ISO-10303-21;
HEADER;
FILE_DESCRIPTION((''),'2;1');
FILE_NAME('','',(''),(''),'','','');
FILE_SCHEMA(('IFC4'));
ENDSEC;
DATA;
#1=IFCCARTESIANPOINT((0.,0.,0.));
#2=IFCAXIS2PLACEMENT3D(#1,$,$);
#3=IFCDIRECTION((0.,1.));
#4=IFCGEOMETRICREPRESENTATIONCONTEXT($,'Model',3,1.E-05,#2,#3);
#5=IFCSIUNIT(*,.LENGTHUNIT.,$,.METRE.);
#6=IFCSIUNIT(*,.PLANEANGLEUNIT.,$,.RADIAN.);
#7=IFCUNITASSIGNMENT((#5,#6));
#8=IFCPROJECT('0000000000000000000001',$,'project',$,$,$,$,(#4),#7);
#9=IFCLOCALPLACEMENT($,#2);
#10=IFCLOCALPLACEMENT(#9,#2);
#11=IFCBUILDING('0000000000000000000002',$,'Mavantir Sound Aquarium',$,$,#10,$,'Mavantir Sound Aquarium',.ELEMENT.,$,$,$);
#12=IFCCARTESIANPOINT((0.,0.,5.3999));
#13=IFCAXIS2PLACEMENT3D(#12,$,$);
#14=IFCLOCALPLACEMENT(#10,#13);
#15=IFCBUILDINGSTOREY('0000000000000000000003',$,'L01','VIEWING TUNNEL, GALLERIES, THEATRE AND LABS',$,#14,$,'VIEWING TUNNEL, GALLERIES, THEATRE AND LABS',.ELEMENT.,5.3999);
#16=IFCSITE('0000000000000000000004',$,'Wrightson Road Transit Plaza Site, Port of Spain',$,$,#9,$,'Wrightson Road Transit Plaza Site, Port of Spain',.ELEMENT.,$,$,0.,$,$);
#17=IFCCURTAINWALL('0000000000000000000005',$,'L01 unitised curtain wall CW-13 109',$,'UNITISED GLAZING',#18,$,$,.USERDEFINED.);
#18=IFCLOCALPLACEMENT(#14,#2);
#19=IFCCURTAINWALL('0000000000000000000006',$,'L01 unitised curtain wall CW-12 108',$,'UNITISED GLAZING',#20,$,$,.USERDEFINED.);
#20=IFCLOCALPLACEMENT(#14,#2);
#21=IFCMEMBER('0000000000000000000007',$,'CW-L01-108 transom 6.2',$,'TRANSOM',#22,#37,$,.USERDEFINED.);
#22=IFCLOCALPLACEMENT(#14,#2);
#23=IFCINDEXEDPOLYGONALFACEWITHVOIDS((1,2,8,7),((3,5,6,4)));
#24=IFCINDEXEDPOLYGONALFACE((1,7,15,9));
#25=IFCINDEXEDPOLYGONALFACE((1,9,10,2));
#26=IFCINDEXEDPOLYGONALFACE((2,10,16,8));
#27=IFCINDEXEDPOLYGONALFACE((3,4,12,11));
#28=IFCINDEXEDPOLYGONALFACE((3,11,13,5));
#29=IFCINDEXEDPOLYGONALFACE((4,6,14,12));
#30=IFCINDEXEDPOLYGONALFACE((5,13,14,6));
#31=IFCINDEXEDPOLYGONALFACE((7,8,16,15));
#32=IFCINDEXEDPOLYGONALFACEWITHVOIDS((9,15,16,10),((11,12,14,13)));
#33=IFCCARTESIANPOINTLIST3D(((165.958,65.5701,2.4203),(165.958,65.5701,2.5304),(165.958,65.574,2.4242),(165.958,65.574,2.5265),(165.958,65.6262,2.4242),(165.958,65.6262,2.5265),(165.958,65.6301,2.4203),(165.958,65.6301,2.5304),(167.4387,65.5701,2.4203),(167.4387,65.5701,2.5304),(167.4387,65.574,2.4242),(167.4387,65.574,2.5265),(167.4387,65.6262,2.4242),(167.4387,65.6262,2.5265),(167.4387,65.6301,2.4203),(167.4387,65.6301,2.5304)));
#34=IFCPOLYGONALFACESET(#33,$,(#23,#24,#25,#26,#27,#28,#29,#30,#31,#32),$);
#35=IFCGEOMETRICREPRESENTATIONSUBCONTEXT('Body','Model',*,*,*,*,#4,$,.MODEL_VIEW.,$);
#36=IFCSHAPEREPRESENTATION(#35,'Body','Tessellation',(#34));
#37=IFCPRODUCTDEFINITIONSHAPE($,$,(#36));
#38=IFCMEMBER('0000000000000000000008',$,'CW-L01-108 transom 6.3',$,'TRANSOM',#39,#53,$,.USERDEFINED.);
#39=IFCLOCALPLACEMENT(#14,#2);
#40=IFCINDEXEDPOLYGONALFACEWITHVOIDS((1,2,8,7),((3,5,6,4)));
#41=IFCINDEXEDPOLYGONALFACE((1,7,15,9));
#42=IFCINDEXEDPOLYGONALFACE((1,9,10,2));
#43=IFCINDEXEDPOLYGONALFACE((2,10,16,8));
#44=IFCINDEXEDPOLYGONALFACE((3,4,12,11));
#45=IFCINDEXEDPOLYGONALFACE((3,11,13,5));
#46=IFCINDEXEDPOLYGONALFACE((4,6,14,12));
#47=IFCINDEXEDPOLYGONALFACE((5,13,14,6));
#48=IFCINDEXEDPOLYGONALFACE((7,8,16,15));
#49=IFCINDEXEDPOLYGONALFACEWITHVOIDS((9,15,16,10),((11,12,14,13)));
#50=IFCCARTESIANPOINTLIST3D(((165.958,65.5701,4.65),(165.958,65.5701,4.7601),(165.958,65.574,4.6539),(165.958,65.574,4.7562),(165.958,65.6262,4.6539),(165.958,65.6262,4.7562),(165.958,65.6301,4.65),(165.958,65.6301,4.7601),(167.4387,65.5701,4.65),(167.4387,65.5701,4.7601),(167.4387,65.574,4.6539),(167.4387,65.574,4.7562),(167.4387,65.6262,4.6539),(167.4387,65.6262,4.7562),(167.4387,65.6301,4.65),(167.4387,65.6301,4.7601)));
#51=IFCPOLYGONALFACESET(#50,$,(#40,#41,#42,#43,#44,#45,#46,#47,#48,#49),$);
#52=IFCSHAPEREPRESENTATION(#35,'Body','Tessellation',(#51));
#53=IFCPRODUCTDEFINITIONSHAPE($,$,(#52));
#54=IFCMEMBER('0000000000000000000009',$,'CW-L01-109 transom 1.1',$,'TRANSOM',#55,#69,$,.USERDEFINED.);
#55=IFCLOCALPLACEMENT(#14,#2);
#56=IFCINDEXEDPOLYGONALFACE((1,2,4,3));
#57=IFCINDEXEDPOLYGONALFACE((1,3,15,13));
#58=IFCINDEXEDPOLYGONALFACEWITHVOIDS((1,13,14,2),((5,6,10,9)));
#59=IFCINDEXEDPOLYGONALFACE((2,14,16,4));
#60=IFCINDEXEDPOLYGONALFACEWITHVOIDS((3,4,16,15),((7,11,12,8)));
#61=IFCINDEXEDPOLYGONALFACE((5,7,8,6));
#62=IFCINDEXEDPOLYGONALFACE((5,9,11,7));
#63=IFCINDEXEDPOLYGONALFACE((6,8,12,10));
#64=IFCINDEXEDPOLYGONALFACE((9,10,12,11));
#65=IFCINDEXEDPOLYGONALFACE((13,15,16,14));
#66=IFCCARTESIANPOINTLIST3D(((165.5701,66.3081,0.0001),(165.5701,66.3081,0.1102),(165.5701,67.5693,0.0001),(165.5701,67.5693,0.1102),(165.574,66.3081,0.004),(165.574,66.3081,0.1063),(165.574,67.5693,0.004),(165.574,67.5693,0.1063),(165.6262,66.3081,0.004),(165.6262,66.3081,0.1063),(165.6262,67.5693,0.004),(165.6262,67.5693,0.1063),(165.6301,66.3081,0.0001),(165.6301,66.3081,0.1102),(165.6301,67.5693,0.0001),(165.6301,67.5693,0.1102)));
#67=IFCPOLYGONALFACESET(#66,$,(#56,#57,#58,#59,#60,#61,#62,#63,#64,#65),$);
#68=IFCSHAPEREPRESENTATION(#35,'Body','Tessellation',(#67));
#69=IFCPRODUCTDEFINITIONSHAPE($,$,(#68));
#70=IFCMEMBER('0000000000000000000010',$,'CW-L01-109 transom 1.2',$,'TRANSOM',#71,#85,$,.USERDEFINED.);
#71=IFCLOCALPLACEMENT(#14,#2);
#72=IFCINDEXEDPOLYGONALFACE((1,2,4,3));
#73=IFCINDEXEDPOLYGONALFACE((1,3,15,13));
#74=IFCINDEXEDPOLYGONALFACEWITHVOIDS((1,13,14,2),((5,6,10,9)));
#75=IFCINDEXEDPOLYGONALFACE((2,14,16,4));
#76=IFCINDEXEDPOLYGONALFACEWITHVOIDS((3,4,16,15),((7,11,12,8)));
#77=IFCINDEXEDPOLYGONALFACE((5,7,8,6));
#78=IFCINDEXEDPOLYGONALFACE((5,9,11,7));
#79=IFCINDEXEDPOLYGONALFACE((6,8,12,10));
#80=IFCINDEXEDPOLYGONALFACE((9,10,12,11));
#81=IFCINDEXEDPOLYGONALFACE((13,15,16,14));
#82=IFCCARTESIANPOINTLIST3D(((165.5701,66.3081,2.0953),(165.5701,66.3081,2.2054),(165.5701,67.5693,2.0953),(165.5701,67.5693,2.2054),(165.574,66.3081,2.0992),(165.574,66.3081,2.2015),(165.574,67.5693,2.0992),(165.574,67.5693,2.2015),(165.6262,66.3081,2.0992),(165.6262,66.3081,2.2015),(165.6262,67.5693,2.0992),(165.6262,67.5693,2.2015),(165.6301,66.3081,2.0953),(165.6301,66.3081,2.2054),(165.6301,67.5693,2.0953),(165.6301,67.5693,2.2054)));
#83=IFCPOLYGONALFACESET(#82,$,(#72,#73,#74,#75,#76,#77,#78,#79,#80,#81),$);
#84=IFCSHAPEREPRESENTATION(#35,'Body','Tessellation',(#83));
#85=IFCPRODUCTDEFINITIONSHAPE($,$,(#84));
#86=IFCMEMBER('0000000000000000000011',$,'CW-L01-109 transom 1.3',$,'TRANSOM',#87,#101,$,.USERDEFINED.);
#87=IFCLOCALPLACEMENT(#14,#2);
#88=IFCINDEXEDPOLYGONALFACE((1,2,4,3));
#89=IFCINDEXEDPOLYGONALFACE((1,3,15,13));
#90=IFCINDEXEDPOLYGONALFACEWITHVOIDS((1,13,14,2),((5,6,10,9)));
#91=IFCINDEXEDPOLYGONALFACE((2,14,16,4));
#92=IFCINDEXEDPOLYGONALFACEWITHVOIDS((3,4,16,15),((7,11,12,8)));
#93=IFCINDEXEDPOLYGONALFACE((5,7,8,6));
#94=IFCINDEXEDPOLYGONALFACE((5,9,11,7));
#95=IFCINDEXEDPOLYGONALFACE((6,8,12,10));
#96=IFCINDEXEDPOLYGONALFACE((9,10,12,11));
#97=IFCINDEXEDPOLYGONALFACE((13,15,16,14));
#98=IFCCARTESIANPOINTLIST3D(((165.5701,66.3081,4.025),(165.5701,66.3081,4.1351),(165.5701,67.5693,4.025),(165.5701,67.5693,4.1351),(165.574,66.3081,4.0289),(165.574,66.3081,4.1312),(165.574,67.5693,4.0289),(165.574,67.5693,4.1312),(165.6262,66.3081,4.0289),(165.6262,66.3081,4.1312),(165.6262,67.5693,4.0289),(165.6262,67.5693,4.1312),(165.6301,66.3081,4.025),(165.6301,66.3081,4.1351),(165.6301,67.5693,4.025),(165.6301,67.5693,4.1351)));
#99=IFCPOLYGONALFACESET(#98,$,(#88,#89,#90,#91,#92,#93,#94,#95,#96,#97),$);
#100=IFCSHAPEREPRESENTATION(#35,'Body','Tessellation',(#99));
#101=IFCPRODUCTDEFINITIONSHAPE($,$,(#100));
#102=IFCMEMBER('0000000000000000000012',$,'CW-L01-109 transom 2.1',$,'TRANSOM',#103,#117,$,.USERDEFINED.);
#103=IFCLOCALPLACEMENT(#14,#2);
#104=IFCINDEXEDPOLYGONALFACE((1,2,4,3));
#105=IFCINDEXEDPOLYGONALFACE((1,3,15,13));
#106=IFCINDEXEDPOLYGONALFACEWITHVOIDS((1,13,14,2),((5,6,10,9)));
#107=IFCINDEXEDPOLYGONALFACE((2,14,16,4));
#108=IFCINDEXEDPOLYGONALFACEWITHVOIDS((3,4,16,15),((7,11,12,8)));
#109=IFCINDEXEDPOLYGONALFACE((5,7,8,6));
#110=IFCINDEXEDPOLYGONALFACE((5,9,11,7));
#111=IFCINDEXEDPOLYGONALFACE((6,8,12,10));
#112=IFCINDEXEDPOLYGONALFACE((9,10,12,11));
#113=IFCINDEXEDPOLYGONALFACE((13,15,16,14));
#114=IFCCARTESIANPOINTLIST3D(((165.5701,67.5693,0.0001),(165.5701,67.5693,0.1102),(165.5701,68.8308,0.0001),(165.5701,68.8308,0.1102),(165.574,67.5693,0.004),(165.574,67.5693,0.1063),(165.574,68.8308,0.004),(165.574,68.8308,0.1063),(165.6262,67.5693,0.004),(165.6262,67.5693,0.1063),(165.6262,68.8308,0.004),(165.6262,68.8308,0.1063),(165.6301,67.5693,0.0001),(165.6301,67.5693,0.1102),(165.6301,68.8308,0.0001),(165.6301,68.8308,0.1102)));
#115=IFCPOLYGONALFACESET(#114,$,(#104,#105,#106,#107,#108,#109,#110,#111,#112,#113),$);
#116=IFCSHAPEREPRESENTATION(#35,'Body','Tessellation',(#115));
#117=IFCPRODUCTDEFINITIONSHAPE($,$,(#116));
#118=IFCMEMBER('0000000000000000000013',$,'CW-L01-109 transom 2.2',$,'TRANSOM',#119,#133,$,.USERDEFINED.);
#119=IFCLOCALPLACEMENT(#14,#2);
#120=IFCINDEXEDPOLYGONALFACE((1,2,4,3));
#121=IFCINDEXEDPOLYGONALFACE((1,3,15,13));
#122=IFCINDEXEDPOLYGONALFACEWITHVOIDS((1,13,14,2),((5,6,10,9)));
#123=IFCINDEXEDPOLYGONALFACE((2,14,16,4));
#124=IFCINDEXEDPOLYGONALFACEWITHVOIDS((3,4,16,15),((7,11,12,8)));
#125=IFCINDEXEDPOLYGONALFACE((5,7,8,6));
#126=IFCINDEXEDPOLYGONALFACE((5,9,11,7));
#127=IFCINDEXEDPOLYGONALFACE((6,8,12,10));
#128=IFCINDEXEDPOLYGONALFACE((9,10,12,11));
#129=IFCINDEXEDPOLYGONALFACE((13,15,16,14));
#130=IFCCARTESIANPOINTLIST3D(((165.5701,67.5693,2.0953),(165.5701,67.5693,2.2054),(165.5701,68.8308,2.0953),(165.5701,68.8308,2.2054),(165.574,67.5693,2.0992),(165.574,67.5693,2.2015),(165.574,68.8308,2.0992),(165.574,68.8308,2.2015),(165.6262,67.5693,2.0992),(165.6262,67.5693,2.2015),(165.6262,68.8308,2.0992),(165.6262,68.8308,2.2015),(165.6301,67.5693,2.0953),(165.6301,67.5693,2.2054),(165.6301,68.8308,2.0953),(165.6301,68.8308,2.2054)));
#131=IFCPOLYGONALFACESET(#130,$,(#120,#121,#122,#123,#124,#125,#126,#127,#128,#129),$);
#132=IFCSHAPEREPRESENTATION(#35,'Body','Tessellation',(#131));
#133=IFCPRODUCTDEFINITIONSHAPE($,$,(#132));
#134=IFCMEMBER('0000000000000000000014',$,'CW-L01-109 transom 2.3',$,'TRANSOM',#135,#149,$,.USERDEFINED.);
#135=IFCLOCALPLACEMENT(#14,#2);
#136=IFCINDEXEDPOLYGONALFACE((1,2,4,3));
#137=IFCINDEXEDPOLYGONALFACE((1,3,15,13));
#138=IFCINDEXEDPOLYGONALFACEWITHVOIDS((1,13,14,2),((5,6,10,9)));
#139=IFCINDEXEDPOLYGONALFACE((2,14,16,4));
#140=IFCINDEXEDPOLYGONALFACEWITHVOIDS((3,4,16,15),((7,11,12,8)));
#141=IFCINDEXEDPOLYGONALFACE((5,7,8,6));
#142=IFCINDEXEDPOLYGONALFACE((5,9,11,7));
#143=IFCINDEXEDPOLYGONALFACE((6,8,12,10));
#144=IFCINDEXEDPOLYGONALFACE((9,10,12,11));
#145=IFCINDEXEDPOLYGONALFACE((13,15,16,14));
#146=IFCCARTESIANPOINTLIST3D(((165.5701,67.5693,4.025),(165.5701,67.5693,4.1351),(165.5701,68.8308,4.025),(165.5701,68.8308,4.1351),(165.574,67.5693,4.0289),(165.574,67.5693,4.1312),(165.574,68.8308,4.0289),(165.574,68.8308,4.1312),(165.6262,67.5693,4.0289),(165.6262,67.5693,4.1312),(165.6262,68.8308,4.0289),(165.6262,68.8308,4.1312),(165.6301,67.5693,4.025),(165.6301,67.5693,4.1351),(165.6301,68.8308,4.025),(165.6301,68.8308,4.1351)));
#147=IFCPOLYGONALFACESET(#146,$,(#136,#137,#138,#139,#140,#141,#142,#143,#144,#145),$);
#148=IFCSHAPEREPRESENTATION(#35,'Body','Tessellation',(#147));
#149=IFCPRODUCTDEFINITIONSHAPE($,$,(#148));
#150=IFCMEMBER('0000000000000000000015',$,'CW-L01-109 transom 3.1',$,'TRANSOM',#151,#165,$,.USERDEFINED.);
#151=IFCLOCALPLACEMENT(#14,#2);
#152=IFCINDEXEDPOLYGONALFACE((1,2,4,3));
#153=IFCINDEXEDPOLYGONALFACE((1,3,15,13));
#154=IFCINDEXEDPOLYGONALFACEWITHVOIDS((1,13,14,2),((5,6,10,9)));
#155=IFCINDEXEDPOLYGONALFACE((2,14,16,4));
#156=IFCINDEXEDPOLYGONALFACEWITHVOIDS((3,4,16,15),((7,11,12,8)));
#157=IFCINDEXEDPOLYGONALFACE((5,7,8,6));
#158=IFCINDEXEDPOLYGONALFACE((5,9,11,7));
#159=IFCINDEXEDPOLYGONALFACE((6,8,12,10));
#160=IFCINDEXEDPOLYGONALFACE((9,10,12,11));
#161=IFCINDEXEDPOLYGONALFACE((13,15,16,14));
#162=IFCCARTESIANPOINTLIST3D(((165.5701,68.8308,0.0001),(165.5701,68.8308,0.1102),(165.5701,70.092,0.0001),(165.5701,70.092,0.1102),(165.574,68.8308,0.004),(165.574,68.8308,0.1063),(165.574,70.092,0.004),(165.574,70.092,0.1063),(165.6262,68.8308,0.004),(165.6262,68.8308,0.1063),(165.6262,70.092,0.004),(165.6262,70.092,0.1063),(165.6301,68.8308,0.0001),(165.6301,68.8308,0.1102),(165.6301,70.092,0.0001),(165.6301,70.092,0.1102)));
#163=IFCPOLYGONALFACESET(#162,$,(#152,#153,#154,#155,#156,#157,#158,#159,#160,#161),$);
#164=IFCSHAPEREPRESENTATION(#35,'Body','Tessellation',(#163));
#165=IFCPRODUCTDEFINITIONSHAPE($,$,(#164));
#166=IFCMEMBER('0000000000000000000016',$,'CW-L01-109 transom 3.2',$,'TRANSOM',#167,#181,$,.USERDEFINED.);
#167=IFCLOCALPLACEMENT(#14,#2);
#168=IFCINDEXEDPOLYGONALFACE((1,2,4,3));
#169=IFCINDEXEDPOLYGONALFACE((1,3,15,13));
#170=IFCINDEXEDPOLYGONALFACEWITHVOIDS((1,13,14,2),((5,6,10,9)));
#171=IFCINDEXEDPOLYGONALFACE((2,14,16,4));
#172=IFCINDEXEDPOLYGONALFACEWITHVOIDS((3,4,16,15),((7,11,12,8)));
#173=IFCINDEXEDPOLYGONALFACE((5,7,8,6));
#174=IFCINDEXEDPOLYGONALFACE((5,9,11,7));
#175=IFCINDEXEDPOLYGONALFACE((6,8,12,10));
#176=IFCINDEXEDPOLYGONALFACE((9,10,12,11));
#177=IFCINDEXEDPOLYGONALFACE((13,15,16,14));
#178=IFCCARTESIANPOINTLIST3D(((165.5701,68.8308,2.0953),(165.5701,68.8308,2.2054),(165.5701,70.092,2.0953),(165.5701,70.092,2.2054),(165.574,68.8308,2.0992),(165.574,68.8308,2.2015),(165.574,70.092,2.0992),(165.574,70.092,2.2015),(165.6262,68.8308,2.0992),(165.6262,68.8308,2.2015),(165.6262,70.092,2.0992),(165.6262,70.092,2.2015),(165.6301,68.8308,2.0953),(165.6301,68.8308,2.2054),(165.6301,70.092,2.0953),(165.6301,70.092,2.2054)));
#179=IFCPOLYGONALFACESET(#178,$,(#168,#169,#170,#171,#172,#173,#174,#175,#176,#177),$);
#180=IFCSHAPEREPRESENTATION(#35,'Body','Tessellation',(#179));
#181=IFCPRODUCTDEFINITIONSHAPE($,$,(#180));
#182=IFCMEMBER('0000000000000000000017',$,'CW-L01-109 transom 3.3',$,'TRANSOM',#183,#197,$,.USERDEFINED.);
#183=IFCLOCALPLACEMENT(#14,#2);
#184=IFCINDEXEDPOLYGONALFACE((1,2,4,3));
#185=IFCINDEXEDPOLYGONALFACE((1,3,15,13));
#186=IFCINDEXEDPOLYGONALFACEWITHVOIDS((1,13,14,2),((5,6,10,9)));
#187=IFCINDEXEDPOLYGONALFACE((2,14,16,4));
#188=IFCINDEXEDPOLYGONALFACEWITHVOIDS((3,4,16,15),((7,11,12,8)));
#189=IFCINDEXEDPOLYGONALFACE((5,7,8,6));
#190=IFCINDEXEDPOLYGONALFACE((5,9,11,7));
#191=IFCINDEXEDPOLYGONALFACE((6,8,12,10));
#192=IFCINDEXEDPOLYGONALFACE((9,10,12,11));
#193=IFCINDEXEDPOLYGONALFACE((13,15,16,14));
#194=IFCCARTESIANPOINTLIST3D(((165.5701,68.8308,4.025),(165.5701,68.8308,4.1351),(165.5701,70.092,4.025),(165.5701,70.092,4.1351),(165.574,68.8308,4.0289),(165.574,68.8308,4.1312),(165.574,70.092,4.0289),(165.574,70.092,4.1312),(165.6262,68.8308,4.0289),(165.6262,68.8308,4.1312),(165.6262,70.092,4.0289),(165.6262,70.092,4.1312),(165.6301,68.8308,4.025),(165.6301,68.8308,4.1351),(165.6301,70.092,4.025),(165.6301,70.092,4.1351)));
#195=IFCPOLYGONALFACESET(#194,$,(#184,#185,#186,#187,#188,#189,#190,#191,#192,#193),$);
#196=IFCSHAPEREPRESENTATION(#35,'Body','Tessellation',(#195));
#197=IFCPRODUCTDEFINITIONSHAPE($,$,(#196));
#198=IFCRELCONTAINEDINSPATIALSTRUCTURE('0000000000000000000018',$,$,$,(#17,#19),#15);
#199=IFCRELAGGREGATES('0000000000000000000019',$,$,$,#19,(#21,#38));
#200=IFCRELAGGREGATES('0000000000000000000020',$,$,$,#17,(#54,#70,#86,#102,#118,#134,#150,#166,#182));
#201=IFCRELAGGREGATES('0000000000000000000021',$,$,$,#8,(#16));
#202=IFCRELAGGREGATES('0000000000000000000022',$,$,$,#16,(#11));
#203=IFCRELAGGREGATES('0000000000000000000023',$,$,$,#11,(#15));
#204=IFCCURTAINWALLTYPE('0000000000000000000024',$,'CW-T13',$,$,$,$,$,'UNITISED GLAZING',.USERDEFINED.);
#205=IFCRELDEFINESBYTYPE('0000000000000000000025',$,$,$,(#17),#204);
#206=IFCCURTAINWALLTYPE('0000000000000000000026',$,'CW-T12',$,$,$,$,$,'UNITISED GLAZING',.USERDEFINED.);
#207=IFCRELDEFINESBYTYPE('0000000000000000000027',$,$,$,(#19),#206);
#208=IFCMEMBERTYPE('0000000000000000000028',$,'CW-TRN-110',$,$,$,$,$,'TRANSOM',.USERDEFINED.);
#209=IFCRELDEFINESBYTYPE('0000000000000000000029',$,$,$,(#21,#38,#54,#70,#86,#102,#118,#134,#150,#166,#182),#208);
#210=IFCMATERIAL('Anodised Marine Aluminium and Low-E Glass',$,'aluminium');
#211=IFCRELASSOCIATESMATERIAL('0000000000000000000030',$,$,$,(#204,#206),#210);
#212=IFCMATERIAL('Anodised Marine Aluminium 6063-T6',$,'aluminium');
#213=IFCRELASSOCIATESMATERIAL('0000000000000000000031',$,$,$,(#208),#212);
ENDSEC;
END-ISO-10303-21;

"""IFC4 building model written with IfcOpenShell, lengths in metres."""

from ifc_helpers import new_model, si_unit, direction, frame, origin, origin_2d, place, context, subcontext, project, spatial, hollow_rectangle, extrude, material, material_profile, profile_set, type_object, element, aggregate, save


model = new_model("IFC4")

# Units and contexts
model_context = context("Model", 3, precision=1e-05, world=origin(), true_north=direction((0.0, 1.0)))
body_context = subcontext(model_context, "Body", "Model", "MODEL_VIEW")
ifc_project = project(units=[si_unit("LENGTHUNIT", "METRE"), si_unit("PLANEANGLEUNIT", "RADIAN")], contexts=[model_context])

# Site, building, storey
site_placement = place(None, origin())
site = spatial("IfcSite", under=ifc_project, at=site_placement, Name="Wrightson Road Transit Plaza Site, Port of Spain", LongName="Wrightson Road Transit Plaza Site, Port of Spain", CompositionType="ELEMENT", RefElevation=0.0)
building_placement = place(site_placement, origin())
building = spatial("IfcBuilding", under=site, at=building_placement, Name="Mavantir Sound Aquarium", LongName="Mavantir Sound Aquarium", CompositionType="ELEMENT")
storey_placement = place(building_placement, frame((0.0, 0.0, 5.3999)))
storey = spatial("IfcBuildingStorey", under=building, at=storey_placement, Name="L01", Description="VIEWING TUNNEL, GALLERIES, THEATRE AND LABS", LongName="VIEWING TUNNEL, GALLERIES, THEATRE AND LABS", CompositionType="ELEMENT", Elevation=5.3999)

# Curtain wall
ifc_material_1 = material(Name="Anodised Marine Aluminium and Low-E Glass", Category="aluminium")
curtain_wall_type_1 = type_object("IfcCurtainWallType", Name="CW-T13", ElementType="UNITISED GLAZING", PredefinedType="USERDEFINED", material=ifc_material_1)
curtain_wall_1_placement = place(storey_placement, origin())
curtain_wall_1 = element("IfcCurtainWall", 1, at=curtain_wall_1_placement, inside=storey, type_object=curtain_wall_type_1, Name="L01 unitised curtain wall CW-13 109", ObjectType="UNITISED GLAZING", PredefinedType="USERDEFINED")
ifc_material_2 = material(Name="Anodised Marine Aluminium 6063-T6", Category="aluminium")

# Curtain wall, members
curtain_wall_type_2 = type_object("IfcCurtainWallType", Name="CW-T12", ElementType="UNITISED GLAZING", PredefinedType="USERDEFINED", material=ifc_material_1)
curtain_wall_2_placement = place(storey_placement, origin())
curtain_wall_2 = element("IfcCurtainWall", 2, at=curtain_wall_2_placement, inside=storey, type_object=curtain_wall_type_2, Name="L01 unitised curtain wall CW-12 108", ObjectType="UNITISED GLAZING", PredefinedType="USERDEFINED")
ifc_material_profile_1 = material_profile(ifc_material_2, hollow_rectangle(XDim=0.0601, YDim=0.1101, WallThickness=0.0039, at=origin_2d()), Name="ALU-TRANSOM-110X60")
ifc_profile_set_1 = profile_set([ifc_material_profile_1], Name="Anodised Marine Aluminium 6063-T6")
member_type_1 = type_object("IfcMemberType", Name="CW-TRN-110", ElementType="TRANSOM", PredefinedType="USERDEFINED", material=ifc_profile_set_1)
member_1_placement = place(storey_placement, frame((167.4387, 65.6001, 2.4753), z_axis=(-1.0, 0.0, 0.0), x_axis=(0.0, -1.0, 0.0)))
member_1 = element("IfcMember", 3, at=member_1_placement, type_object=member_type_1, Name="CW-L01-108 transom 6.2", ObjectType="TRANSOM", PredefinedType="USERDEFINED", context=body_context, shape_type="SweptSolid", body=[
    extrude(hollow_rectangle(XDim=0.0601, YDim=0.1101, WallThickness=0.0039, at=origin_2d()), origin(), (0.0, 0.0, 1.0), 1.4807),
])
member_2_placement = place(storey_placement, frame((167.4387, 65.6001, 4.7051), z_axis=(-1.0, 0.0, 0.0), x_axis=(0.0, -1.0, 0.0)))
member_2 = element("IfcMember", 4, at=member_2_placement, type_object=member_type_1, Name="CW-L01-108 transom 6.3", ObjectType="TRANSOM", PredefinedType="USERDEFINED", context=body_context, shape_type="SweptSolid", body=[
    extrude(hollow_rectangle(XDim=0.0601, YDim=0.1101, WallThickness=0.0039, at=origin_2d()), origin(), (0.0, 0.0, 1.0), 1.4807),
])
aggregate(curtain_wall_2, [member_1, member_2])

# Members
member_3_placement = place(storey_placement, frame((165.6001, 66.3081, 0.0552), z_axis=(0.0, 1.0, 0.0), x_axis=(-1.0, 0.0, 0.0)))
member_3 = element("IfcMember", 5, at=member_3_placement, type_object=member_type_1, Name="CW-L01-109 transom 1.1", ObjectType="TRANSOM", PredefinedType="USERDEFINED", context=body_context, shape_type="SweptSolid", body=[
    extrude(hollow_rectangle(XDim=0.0601, YDim=0.1101, WallThickness=0.0039, at=origin_2d()), origin(), (0.0, 0.0, 1.0), 1.2612),
])
member_4_placement = place(storey_placement, frame((165.6001, 66.3081, 2.1504), z_axis=(0.0, 1.0, 0.0), x_axis=(-1.0, 0.0, 0.0)))
member_4 = element("IfcMember", 6, at=member_4_placement, type_object=member_type_1, Name="CW-L01-109 transom 1.2", ObjectType="TRANSOM", PredefinedType="USERDEFINED", context=body_context, shape_type="SweptSolid", body=[
    extrude(hollow_rectangle(XDim=0.0601, YDim=0.1101, WallThickness=0.0039, at=origin_2d()), origin(), (0.0, 0.0, 1.0), 1.2612),
])
member_5_placement = place(storey_placement, frame((165.6001, 66.3081, 4.0801), z_axis=(0.0, 1.0, 0.0), x_axis=(-1.0, 0.0, 0.0)))
member_5 = element("IfcMember", 7, at=member_5_placement, type_object=member_type_1, Name="CW-L01-109 transom 1.3", ObjectType="TRANSOM", PredefinedType="USERDEFINED", context=body_context, shape_type="SweptSolid", body=[
    extrude(hollow_rectangle(XDim=0.0601, YDim=0.1101, WallThickness=0.0039, at=origin_2d()), origin(), (0.0, 0.0, 1.0), 1.2612),
])
member_6_placement = place(storey_placement, frame((165.6001, 67.5693, 0.0552), z_axis=(0.0, 1.0, 0.0), x_axis=(-1.0, 0.0, 0.0)))
member_6 = element("IfcMember", 8, at=member_6_placement, type_object=member_type_1, Name="CW-L01-109 transom 2.1", ObjectType="TRANSOM", PredefinedType="USERDEFINED", context=body_context, shape_type="SweptSolid", body=[
    extrude(hollow_rectangle(XDim=0.0601, YDim=0.1101, WallThickness=0.0039, at=origin_2d()), origin(), (0.0, 0.0, 1.0), 1.2615),
])
member_7_placement = place(storey_placement, frame((165.6001, 67.5693, 2.1504), z_axis=(0.0, 1.0, 0.0), x_axis=(-1.0, 0.0, 0.0)))
member_7 = element("IfcMember", 9, at=member_7_placement, type_object=member_type_1, Name="CW-L01-109 transom 2.2", ObjectType="TRANSOM", PredefinedType="USERDEFINED", context=body_context, shape_type="SweptSolid", body=[
    extrude(hollow_rectangle(XDim=0.0601, YDim=0.1101, WallThickness=0.0039, at=origin_2d()), origin(), (0.0, 0.0, 1.0), 1.2615),
])
member_8_placement = place(storey_placement, frame((165.6001, 67.5693, 4.0801), z_axis=(0.0, 1.0, 0.0), x_axis=(-1.0, 0.0, 0.0)))
member_8 = element("IfcMember", 10, at=member_8_placement, type_object=member_type_1, Name="CW-L01-109 transom 2.3", ObjectType="TRANSOM", PredefinedType="USERDEFINED", context=body_context, shape_type="SweptSolid", body=[
    extrude(hollow_rectangle(XDim=0.0601, YDim=0.1101, WallThickness=0.0039, at=origin_2d()), origin(), (0.0, 0.0, 1.0), 1.2615),
])
member_9_placement = place(storey_placement, frame((165.6001, 68.8308, 0.0552), z_axis=(0.0, 1.0, 0.0), x_axis=(-1.0, 0.0, 0.0)))
member_9 = element("IfcMember", 11, at=member_9_placement, type_object=member_type_1, Name="CW-L01-109 transom 3.1", ObjectType="TRANSOM", PredefinedType="USERDEFINED", context=body_context, shape_type="SweptSolid", body=[
    extrude(hollow_rectangle(XDim=0.0601, YDim=0.1101, WallThickness=0.0039, at=origin_2d()), origin(), (0.0, 0.0, 1.0), 1.2612),
])
member_10_placement = place(storey_placement, frame((165.6001, 68.8308, 2.1504), z_axis=(0.0, 1.0, 0.0), x_axis=(-1.0, 0.0, 0.0)))
member_10 = element("IfcMember", 12, at=member_10_placement, type_object=member_type_1, Name="CW-L01-109 transom 3.2", ObjectType="TRANSOM", PredefinedType="USERDEFINED", context=body_context, shape_type="SweptSolid", body=[
    extrude(hollow_rectangle(XDim=0.0601, YDim=0.1101, WallThickness=0.0039, at=origin_2d()), origin(), (0.0, 0.0, 1.0), 1.2612),
])
member_11_placement = place(storey_placement, frame((165.6001, 68.8308, 4.0801), z_axis=(0.0, 1.0, 0.0), x_axis=(-1.0, 0.0, 0.0)))
member_11 = element("IfcMember", 13, at=member_11_placement, type_object=member_type_1, Name="CW-L01-109 transom 3.3", ObjectType="TRANSOM", PredefinedType="USERDEFINED", context=body_context, shape_type="SweptSolid", body=[
    extrude(hollow_rectangle(XDim=0.0601, YDim=0.1101, WallThickness=0.0039, at=origin_2d()), origin(), (0.0, 0.0, 1.0), 1.2612),
])

aggregate(curtain_wall_1, [member_3, member_4, member_5, member_6, member_7, member_8, member_9, member_10, member_11])

save(model, "model.ifc")
